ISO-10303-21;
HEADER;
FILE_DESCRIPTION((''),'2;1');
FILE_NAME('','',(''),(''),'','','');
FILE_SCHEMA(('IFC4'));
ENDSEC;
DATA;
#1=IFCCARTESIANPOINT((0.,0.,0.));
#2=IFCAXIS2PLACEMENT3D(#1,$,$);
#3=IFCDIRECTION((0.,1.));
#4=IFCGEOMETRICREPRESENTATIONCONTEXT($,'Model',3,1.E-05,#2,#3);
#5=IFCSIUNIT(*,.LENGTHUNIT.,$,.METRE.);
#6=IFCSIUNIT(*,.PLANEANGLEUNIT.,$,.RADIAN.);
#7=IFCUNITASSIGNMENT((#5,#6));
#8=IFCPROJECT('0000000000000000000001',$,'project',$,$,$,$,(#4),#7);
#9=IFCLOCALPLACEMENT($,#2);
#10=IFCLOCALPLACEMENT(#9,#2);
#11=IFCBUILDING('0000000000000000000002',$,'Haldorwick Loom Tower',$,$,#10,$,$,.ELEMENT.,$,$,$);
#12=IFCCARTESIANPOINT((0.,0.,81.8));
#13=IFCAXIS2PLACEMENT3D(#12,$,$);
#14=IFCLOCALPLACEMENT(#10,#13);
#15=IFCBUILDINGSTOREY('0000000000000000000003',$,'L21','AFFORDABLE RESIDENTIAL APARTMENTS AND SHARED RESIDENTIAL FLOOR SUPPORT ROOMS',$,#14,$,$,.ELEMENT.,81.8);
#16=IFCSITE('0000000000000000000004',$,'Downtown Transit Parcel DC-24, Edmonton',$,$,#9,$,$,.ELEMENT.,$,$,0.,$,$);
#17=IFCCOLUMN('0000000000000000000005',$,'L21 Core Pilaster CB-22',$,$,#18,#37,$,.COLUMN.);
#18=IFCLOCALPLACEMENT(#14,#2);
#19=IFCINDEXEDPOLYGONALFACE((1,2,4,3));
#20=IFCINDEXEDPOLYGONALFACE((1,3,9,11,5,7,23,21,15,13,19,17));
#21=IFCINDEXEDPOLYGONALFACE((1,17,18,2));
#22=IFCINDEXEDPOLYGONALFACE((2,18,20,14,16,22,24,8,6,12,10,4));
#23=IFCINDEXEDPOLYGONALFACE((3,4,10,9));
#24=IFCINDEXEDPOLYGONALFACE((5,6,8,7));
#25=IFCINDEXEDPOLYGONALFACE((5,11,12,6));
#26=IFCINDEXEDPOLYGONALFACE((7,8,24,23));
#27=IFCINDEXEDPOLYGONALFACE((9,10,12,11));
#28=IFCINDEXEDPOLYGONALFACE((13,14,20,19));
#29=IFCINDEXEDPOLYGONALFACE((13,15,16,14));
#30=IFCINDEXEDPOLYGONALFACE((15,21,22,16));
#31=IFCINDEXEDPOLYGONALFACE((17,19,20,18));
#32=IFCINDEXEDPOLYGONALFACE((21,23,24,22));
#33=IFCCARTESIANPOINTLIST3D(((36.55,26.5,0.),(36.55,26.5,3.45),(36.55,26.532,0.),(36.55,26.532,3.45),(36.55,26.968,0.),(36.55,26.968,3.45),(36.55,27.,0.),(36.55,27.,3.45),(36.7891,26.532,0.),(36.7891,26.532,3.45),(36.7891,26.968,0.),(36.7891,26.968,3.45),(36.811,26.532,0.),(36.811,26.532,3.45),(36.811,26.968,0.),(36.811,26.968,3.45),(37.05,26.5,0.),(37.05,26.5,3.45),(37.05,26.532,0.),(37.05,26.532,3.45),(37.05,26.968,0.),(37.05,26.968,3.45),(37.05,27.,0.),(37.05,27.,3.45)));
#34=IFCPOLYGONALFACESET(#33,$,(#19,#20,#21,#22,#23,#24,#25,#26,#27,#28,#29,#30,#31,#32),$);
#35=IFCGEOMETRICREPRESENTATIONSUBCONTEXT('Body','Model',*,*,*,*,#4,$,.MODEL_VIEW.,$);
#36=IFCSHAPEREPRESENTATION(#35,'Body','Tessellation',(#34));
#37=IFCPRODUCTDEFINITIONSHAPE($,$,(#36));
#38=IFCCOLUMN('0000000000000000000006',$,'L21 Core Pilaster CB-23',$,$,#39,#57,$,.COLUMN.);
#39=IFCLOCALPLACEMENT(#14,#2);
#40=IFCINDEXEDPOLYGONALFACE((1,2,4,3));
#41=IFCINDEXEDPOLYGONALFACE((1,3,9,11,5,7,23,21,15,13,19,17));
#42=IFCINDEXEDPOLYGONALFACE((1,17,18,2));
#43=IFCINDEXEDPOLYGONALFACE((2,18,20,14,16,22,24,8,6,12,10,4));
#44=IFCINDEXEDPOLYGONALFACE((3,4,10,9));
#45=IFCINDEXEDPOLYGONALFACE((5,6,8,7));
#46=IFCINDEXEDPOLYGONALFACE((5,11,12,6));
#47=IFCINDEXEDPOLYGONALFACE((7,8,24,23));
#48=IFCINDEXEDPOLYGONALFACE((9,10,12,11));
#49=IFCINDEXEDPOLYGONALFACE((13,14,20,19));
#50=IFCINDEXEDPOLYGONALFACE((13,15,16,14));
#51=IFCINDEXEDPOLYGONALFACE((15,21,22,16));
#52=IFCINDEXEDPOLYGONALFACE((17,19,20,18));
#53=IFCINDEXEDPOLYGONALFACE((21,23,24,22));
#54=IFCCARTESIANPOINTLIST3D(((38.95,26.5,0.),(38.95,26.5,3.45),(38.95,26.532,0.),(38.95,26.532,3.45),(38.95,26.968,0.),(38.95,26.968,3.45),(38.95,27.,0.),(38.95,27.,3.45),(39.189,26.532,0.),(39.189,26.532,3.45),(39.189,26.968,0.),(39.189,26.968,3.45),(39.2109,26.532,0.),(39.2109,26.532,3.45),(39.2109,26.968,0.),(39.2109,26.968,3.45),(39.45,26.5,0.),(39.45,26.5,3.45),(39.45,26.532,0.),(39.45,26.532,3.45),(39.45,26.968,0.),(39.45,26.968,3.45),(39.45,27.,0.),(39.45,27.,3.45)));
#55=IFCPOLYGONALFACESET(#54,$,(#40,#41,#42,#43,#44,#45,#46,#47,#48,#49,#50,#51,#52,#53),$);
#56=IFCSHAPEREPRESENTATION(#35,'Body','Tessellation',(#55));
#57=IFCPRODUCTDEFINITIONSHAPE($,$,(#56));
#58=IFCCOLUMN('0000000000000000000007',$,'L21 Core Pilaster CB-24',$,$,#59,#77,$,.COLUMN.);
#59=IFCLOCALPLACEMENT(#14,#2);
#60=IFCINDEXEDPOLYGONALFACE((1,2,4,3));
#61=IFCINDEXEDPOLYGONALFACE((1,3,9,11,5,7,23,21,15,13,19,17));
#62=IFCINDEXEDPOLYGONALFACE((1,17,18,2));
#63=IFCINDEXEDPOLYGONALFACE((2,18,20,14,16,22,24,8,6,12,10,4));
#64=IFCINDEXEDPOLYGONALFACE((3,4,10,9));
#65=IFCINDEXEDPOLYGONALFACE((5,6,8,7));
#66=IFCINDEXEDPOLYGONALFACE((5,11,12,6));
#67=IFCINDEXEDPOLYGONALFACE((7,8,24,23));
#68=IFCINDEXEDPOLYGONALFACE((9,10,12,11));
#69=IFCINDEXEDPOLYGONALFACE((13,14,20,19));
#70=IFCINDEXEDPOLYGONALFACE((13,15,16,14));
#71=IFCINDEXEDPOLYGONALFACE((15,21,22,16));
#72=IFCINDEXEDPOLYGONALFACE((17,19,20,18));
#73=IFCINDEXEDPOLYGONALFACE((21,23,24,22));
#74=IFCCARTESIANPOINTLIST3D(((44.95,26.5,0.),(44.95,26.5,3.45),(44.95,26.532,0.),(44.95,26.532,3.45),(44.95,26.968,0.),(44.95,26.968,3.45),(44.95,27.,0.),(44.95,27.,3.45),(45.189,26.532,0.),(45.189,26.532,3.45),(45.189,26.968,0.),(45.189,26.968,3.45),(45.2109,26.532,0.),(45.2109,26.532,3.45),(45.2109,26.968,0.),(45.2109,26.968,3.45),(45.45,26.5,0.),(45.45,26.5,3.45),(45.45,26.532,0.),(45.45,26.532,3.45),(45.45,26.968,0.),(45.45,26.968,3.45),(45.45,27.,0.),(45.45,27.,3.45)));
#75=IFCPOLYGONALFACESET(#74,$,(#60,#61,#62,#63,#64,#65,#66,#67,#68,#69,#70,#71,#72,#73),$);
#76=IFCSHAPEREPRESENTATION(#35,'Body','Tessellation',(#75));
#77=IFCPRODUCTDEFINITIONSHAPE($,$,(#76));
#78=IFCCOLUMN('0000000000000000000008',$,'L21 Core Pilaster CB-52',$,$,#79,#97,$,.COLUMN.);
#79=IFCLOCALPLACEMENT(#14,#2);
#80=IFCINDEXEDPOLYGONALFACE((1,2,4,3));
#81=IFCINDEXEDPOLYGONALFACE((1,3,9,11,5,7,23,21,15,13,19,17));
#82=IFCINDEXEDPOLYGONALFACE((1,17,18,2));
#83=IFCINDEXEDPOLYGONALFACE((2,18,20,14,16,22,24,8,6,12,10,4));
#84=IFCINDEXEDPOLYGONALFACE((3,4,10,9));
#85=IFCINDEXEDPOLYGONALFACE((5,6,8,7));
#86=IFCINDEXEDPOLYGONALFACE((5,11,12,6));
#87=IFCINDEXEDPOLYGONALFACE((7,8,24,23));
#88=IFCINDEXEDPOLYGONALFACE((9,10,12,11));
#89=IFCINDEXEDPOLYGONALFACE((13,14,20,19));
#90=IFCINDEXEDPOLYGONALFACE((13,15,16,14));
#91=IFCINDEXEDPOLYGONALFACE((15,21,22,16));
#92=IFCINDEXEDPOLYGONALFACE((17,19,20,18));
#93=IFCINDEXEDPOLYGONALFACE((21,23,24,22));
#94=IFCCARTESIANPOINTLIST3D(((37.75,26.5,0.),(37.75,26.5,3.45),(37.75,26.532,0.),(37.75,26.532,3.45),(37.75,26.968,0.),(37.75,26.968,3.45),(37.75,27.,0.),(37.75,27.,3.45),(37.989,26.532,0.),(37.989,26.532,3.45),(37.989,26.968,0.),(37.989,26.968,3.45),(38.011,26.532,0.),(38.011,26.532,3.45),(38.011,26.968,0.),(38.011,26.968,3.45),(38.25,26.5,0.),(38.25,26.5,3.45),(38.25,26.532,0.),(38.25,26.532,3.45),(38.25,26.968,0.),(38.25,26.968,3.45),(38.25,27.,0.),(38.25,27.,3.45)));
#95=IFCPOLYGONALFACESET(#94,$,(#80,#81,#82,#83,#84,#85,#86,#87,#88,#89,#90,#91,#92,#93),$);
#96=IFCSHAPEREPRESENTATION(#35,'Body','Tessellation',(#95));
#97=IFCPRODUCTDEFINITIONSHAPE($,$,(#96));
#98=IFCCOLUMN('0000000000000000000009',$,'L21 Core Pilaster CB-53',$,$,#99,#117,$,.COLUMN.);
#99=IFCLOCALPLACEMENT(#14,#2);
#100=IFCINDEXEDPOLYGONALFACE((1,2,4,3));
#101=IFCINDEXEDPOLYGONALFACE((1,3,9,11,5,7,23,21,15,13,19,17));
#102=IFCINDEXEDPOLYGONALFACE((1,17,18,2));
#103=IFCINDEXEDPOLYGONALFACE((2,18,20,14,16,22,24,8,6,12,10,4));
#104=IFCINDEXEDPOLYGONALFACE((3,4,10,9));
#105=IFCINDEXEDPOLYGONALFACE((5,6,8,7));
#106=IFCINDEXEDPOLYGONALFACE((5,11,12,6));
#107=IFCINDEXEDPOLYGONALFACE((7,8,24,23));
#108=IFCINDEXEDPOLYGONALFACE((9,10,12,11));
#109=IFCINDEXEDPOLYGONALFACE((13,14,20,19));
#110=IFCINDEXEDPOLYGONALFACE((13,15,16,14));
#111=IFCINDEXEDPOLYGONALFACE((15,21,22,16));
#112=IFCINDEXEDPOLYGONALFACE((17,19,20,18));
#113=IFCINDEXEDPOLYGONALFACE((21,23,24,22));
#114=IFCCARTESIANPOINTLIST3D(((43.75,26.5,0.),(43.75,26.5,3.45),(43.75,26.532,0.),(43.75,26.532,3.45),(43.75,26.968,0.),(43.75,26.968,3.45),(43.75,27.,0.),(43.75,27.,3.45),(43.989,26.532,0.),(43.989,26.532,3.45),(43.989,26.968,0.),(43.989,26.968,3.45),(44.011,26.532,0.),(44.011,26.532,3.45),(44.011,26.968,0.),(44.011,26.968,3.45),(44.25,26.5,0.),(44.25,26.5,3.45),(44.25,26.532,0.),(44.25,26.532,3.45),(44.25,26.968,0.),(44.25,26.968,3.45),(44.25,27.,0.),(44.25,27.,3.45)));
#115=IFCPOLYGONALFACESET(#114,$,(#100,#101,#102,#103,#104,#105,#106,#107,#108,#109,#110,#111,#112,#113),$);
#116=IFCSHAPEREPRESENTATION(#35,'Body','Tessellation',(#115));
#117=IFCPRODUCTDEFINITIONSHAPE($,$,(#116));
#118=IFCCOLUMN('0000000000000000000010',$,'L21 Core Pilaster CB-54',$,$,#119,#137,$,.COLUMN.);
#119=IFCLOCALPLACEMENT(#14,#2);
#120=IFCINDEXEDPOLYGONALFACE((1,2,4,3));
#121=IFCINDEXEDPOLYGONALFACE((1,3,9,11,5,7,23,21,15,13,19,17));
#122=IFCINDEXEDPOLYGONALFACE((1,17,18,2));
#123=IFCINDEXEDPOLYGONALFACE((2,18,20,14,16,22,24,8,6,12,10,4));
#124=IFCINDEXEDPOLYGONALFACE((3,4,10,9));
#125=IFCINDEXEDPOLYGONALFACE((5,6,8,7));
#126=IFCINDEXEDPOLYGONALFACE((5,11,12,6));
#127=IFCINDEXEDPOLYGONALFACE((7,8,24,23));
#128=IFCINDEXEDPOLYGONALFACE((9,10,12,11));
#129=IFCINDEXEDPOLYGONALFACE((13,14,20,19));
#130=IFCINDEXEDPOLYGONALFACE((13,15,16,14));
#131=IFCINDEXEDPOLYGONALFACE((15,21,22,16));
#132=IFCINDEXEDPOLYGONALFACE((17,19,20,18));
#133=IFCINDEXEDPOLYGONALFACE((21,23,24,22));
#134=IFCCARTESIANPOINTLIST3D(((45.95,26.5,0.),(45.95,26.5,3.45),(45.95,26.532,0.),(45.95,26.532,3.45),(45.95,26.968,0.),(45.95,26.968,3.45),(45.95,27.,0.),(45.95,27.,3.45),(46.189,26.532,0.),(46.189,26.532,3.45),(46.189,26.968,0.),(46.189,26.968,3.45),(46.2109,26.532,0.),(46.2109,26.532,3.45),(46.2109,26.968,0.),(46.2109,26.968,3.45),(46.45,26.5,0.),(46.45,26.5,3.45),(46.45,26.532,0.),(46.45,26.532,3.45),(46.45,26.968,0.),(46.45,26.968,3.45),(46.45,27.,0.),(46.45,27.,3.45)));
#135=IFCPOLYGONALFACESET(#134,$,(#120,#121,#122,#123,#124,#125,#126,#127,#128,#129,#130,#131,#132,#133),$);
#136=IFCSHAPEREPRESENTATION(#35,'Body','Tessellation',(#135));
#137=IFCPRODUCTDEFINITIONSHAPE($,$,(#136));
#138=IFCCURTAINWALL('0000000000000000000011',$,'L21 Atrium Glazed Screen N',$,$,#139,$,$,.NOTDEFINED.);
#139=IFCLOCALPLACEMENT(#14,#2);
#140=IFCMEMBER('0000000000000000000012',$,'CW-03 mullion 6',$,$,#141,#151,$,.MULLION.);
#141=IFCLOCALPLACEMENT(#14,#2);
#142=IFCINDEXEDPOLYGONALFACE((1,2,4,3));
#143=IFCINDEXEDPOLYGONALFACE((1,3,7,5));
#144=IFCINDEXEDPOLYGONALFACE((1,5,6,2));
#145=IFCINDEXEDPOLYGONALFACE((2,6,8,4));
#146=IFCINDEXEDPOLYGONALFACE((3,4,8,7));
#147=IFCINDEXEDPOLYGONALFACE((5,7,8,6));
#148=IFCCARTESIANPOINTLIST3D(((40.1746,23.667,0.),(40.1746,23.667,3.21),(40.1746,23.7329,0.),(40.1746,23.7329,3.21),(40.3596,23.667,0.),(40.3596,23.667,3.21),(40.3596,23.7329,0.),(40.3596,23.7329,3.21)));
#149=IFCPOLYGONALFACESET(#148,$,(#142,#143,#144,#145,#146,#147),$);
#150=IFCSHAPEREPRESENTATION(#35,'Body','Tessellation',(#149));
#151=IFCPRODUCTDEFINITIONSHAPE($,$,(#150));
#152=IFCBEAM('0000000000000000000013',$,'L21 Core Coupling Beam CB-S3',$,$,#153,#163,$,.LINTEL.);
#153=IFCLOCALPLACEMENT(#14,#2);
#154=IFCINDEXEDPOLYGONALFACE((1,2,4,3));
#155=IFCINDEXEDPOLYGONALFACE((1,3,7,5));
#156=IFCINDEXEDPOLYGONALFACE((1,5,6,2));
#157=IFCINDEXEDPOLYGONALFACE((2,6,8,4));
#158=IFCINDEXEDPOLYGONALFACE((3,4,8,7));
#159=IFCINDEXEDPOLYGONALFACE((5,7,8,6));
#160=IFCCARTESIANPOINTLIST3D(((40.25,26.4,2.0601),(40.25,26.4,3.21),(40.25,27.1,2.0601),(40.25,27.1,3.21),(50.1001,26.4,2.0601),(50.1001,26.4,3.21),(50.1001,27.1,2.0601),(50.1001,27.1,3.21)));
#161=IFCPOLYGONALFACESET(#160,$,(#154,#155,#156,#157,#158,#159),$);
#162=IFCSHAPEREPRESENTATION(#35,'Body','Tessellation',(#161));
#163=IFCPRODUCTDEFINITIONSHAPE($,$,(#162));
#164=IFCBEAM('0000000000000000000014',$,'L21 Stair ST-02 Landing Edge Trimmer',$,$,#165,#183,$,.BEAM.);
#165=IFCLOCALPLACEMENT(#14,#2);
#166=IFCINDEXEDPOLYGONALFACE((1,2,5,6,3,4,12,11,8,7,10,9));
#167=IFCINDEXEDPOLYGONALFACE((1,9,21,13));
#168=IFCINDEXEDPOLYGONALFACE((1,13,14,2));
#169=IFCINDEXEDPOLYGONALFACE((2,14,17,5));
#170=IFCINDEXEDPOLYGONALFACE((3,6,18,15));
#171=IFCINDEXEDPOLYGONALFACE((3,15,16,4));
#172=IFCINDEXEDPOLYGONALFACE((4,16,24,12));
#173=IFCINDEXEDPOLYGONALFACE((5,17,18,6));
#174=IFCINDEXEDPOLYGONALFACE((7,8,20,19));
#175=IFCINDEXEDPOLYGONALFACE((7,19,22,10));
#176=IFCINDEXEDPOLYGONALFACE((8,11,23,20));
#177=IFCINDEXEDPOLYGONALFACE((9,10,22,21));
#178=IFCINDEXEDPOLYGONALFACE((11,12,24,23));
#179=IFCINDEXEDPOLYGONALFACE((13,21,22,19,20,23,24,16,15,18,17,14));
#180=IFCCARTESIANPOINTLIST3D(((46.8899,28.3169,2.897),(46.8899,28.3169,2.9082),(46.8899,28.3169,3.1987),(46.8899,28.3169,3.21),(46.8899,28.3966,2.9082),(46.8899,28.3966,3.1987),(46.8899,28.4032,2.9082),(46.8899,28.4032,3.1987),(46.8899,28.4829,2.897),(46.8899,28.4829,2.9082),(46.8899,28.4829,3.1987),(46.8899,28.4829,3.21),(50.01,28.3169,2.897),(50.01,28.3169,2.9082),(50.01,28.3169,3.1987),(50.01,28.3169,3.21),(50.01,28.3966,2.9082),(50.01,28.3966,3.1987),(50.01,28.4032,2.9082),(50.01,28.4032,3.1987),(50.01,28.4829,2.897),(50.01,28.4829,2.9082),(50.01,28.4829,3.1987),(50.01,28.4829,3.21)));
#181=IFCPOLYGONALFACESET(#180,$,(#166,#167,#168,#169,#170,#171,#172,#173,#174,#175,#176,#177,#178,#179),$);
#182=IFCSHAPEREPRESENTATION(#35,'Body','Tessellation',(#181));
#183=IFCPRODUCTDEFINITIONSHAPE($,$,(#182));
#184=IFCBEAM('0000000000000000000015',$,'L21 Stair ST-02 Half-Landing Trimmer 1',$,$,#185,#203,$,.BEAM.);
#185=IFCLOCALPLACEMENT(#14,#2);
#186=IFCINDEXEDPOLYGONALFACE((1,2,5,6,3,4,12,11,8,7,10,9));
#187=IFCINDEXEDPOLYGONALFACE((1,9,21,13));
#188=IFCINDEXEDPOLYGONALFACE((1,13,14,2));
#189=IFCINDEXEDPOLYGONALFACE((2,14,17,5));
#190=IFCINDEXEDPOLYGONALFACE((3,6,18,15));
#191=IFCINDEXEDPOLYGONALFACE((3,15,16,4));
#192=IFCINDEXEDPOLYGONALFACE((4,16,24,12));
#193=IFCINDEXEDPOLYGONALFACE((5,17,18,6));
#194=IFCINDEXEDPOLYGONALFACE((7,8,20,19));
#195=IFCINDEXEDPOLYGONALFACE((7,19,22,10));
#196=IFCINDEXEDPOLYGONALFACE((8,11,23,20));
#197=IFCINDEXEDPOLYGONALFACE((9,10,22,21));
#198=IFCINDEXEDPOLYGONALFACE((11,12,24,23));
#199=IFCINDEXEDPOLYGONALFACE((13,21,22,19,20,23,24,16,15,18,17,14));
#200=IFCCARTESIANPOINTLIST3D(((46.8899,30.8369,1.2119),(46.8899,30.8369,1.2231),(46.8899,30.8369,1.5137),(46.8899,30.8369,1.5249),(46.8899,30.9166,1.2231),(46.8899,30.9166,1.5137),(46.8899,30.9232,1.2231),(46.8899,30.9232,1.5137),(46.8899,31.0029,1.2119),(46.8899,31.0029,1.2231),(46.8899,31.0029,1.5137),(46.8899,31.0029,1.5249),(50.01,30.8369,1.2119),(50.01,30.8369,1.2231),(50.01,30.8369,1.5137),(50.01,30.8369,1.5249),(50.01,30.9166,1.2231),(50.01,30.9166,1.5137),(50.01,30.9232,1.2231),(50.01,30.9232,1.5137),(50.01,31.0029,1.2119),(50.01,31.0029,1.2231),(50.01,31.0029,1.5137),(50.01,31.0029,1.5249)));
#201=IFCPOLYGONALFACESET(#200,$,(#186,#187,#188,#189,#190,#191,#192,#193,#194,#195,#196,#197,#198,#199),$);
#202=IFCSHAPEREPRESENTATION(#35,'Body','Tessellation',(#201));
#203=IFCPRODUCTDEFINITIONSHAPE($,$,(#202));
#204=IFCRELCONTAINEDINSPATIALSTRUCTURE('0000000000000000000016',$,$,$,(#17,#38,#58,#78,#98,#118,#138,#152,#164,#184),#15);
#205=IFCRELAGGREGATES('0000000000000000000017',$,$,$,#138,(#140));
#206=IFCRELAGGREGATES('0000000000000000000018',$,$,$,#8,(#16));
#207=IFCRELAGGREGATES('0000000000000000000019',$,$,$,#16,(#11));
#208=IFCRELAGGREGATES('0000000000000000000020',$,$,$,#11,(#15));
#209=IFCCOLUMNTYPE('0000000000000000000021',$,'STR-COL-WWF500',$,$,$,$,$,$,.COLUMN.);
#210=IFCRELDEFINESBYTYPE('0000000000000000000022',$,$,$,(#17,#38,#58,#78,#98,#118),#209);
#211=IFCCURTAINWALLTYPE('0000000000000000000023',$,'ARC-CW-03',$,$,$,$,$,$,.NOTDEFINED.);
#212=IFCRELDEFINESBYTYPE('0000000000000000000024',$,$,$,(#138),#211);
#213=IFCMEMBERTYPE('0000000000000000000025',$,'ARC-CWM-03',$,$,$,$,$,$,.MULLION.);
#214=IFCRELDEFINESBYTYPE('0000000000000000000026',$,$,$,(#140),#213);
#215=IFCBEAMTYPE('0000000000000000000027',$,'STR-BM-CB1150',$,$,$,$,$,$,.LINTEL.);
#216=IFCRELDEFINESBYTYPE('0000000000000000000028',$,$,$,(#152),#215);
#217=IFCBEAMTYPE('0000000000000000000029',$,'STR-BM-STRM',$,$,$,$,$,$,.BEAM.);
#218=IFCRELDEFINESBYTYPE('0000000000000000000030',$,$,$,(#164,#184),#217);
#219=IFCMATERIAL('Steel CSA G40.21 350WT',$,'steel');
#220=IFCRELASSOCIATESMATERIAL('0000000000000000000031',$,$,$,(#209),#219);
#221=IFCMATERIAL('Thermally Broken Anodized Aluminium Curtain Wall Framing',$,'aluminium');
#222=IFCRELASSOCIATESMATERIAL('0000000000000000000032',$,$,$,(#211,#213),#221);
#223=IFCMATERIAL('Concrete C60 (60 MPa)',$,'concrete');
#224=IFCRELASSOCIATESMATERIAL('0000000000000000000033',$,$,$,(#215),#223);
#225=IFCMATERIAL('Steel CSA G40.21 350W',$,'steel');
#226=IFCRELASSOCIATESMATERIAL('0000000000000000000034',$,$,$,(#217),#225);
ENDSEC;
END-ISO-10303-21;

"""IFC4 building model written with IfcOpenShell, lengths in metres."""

from ifc_helpers import new_model, si_unit, direction, frame, origin, origin_2d, place, context, subcontext, project, spatial, rectangle, i_section, extrude, material, material_profile, profile_set, type_object, element, aggregate, save


model = new_model("IFC4")

# Units and contexts
model_context = context("Model", 3, precision=1e-05, world=origin(), true_north=direction((0.0, 1.0)))
body_context = subcontext(model_context, "Body", "Model", "MODEL_VIEW")
ifc_project = project(units=[si_unit("LENGTHUNIT", "METRE"), si_unit("PLANEANGLEUNIT", "RADIAN")], contexts=[model_context])

# Site, building, storey
site_placement = place(None, origin())
site = spatial("IfcSite", under=ifc_project, at=site_placement, Name="Downtown Transit Parcel DC-24, Edmonton", CompositionType="ELEMENT", RefElevation=0.0)
building_placement = place(site_placement, origin())
building = spatial("IfcBuilding", under=site, at=building_placement, Name="Haldorwick Loom Tower", CompositionType="ELEMENT")
storey_placement = place(building_placement, frame((0.0, 0.0, 81.8)))
storey = spatial("IfcBuildingStorey", under=building, at=storey_placement, Name="L21", Description="AFFORDABLE RESIDENTIAL APARTMENTS AND SHARED RESIDENTIAL FLOOR SUPPORT ROOMS", CompositionType="ELEMENT", Elevation=81.8)

# Columns
ifc_material_1 = material(Name="Steel CSA G40.21 350WT", Category="steel")
ifc_material_profile_1 = material_profile(ifc_material_1, i_section(OverallWidth=0.5, OverallDepth=0.5, WebThickness=0.022, FlangeThickness=0.032, at=origin_2d()), Name="WWF500X500", Category="steel")
ifc_profile_set_1 = profile_set([ifc_material_profile_1], Name="Steel CSA G40.21 350WT")
column_type = type_object("IfcColumnType", Name="STR-COL-WWF500", PredefinedType="COLUMN", material=ifc_profile_set_1)
for number, where, z_axis, x_axis, name in (
    (1, (36.8, 26.75, 0.0), (0.0, 0.0, 1.0), (1.0, 0.0, 0.0), "L21 Core Pilaster CB-22"),
    (2, (39.2, 26.75, 0.0), (0.0, 0.0, 1.0), (1.0, 0.0, 0.0), "L21 Core Pilaster CB-23"),
    (3, (45.2, 26.75, 0.0), (0.0, 0.0, 1.0), (1.0, 0.0, 0.0), "L21 Core Pilaster CB-24"),
    (4, (38.0, 26.75, 0.0), (0.0, 0.0, 1.0), (1.0, 0.0, 0.0), "L21 Core Pilaster CB-52"),
    (5, (44.0, 26.75, 0.0), (0.0, 0.0, 1.0), (1.0, 0.0, 0.0), "L21 Core Pilaster CB-53"),
    (6, (46.2, 26.75, 0.0), (0.0, 0.0, 1.0), (1.0, 0.0, 0.0), "L21 Core Pilaster CB-54"),
):
    element("IfcColumn", number, at=place(storey_placement, frame(where, z_axis=z_axis, x_axis=x_axis)), inside=storey, type_object=column_type, Name=name, PredefinedType="COLUMN", context=body_context, shape_type="SweptSolid", body=[
        extrude(i_section(OverallWidth=0.5, OverallDepth=0.5, WebThickness=0.022, FlangeThickness=0.032, at=origin_2d()), origin(), (0.0, 0.0, 1.0), 3.45),
    ])

# Curtain wall, member
ifc_material_2 = material(Name="Thermally Broken Anodized Aluminium Curtain Wall Framing", Category="aluminium")
curtain_wall_type = type_object("IfcCurtainWallType", Name="ARC-CW-03", PredefinedType="NOTDEFINED", material=ifc_material_2)
curtain_wall_placement = place(storey_placement, origin())
curtain_wall = element("IfcCurtainWall", 7, at=curtain_wall_placement, inside=storey, type_object=curtain_wall_type, Name="L21 Atrium Glazed Screen N", PredefinedType="NOTDEFINED")
ifc_material_profile_2 = material_profile(ifc_material_2, rectangle(XDim=0.0659, YDim=0.1851, at=origin_2d()), Name="ALU_MUL_66X185", Category="aluminium")
ifc_profile_set_2 = profile_set([ifc_material_profile_2], Name="Thermally Broken Anodized Aluminium Curtain Wall Framing")
member_type = type_object("IfcMemberType", Name="ARC-CWM-03", PredefinedType="MULLION", material=ifc_profile_set_2)
member_placement = place(storey_placement, frame((40.2671, 23.7, 0.0), z_axis=(0.0, 0.0, 1.0), x_axis=(0.0, 1.0, 0.0)))
member = element("IfcMember", 8, at=member_placement, type_object=member_type, Name="CW-03 mullion 6", PredefinedType="MULLION", context=body_context, shape_type="SweptSolid", body=[
    extrude(rectangle(XDim=0.0659, YDim=0.1851, at=origin_2d()), origin(), (0.0, 0.0, 1.0), 3.21),
])

# Beams
ifc_material_3 = material(Name="Concrete C60 (60 MPa)", Category="concrete")
ifc_material_profile_3 = material_profile(ifc_material_3, rectangle(XDim=0.7, YDim=1.1499, at=origin_2d()), Name="RC700X1150", Category="concrete")
ifc_profile_set_3 = profile_set([ifc_material_profile_3], Name="Concrete C60 (60 MPa)")
beam_type_1 = type_object("IfcBeamType", Name="STR-BM-CB1150", PredefinedType="LINTEL", material=ifc_profile_set_3)
beam_placement = place(storey_placement, frame((40.25, 26.75, 2.635), z_axis=(1.0, 0.0, 0.0), x_axis=(0.0, 1.0, 0.0)))
element("IfcBeam", 9, at=beam_placement, inside=storey, type_object=beam_type_1, Name="L21 Core Coupling Beam CB-S3", PredefinedType="LINTEL", context=body_context, shape_type="SweptSolid", body=[
    extrude(rectangle(XDim=0.7, YDim=1.1499, at=origin_2d()), origin(), (0.0, 0.0, 1.0), 9.8501),
])
ifc_material_4 = material(Name="Steel CSA G40.21 350W", Category="steel")
ifc_material_profile_4 = material_profile(ifc_material_4, i_section(OverallWidth=0.166, OverallDepth=0.313, WebThickness=0.0066, FlangeThickness=0.0112, at=origin_2d()), Name="W310X45", Category="steel")
ifc_profile_set_4 = profile_set([ifc_material_profile_4], Name="Steel CSA G40.21 350W")
beam_type_2 = type_object("IfcBeamType", Name="STR-BM-STRM", PredefinedType="BEAM", material=ifc_profile_set_4)
for number, where, z_axis, x_axis, name in (
    (10, (46.8899, 28.3999, 3.0535), (1.0, 0.0, 0.0), (0.0, 1.0, 0.0), "L21 Stair ST-02 Landing Edge Trimmer"),
    (11, (46.8899, 30.9199, 1.3684), (1.0, 0.0, 0.0), (0.0, 1.0, 0.0), "L21 Stair ST-02 Half-Landing Trimmer 1"),
):
    element("IfcBeam", number, at=place(storey_placement, frame(where, z_axis=z_axis, x_axis=x_axis)), inside=storey, type_object=beam_type_2, Name=name, PredefinedType="BEAM", context=body_context, shape_type="SweptSolid", body=[
        extrude(i_section(OverallWidth=0.166, OverallDepth=0.313, WebThickness=0.0066, FlangeThickness=0.0112, at=origin_2d()), origin(), (0.0, 0.0, 1.0), 3.1201),
    ])

aggregate(curtain_wall, [member])

save(model, "model.ifc")
